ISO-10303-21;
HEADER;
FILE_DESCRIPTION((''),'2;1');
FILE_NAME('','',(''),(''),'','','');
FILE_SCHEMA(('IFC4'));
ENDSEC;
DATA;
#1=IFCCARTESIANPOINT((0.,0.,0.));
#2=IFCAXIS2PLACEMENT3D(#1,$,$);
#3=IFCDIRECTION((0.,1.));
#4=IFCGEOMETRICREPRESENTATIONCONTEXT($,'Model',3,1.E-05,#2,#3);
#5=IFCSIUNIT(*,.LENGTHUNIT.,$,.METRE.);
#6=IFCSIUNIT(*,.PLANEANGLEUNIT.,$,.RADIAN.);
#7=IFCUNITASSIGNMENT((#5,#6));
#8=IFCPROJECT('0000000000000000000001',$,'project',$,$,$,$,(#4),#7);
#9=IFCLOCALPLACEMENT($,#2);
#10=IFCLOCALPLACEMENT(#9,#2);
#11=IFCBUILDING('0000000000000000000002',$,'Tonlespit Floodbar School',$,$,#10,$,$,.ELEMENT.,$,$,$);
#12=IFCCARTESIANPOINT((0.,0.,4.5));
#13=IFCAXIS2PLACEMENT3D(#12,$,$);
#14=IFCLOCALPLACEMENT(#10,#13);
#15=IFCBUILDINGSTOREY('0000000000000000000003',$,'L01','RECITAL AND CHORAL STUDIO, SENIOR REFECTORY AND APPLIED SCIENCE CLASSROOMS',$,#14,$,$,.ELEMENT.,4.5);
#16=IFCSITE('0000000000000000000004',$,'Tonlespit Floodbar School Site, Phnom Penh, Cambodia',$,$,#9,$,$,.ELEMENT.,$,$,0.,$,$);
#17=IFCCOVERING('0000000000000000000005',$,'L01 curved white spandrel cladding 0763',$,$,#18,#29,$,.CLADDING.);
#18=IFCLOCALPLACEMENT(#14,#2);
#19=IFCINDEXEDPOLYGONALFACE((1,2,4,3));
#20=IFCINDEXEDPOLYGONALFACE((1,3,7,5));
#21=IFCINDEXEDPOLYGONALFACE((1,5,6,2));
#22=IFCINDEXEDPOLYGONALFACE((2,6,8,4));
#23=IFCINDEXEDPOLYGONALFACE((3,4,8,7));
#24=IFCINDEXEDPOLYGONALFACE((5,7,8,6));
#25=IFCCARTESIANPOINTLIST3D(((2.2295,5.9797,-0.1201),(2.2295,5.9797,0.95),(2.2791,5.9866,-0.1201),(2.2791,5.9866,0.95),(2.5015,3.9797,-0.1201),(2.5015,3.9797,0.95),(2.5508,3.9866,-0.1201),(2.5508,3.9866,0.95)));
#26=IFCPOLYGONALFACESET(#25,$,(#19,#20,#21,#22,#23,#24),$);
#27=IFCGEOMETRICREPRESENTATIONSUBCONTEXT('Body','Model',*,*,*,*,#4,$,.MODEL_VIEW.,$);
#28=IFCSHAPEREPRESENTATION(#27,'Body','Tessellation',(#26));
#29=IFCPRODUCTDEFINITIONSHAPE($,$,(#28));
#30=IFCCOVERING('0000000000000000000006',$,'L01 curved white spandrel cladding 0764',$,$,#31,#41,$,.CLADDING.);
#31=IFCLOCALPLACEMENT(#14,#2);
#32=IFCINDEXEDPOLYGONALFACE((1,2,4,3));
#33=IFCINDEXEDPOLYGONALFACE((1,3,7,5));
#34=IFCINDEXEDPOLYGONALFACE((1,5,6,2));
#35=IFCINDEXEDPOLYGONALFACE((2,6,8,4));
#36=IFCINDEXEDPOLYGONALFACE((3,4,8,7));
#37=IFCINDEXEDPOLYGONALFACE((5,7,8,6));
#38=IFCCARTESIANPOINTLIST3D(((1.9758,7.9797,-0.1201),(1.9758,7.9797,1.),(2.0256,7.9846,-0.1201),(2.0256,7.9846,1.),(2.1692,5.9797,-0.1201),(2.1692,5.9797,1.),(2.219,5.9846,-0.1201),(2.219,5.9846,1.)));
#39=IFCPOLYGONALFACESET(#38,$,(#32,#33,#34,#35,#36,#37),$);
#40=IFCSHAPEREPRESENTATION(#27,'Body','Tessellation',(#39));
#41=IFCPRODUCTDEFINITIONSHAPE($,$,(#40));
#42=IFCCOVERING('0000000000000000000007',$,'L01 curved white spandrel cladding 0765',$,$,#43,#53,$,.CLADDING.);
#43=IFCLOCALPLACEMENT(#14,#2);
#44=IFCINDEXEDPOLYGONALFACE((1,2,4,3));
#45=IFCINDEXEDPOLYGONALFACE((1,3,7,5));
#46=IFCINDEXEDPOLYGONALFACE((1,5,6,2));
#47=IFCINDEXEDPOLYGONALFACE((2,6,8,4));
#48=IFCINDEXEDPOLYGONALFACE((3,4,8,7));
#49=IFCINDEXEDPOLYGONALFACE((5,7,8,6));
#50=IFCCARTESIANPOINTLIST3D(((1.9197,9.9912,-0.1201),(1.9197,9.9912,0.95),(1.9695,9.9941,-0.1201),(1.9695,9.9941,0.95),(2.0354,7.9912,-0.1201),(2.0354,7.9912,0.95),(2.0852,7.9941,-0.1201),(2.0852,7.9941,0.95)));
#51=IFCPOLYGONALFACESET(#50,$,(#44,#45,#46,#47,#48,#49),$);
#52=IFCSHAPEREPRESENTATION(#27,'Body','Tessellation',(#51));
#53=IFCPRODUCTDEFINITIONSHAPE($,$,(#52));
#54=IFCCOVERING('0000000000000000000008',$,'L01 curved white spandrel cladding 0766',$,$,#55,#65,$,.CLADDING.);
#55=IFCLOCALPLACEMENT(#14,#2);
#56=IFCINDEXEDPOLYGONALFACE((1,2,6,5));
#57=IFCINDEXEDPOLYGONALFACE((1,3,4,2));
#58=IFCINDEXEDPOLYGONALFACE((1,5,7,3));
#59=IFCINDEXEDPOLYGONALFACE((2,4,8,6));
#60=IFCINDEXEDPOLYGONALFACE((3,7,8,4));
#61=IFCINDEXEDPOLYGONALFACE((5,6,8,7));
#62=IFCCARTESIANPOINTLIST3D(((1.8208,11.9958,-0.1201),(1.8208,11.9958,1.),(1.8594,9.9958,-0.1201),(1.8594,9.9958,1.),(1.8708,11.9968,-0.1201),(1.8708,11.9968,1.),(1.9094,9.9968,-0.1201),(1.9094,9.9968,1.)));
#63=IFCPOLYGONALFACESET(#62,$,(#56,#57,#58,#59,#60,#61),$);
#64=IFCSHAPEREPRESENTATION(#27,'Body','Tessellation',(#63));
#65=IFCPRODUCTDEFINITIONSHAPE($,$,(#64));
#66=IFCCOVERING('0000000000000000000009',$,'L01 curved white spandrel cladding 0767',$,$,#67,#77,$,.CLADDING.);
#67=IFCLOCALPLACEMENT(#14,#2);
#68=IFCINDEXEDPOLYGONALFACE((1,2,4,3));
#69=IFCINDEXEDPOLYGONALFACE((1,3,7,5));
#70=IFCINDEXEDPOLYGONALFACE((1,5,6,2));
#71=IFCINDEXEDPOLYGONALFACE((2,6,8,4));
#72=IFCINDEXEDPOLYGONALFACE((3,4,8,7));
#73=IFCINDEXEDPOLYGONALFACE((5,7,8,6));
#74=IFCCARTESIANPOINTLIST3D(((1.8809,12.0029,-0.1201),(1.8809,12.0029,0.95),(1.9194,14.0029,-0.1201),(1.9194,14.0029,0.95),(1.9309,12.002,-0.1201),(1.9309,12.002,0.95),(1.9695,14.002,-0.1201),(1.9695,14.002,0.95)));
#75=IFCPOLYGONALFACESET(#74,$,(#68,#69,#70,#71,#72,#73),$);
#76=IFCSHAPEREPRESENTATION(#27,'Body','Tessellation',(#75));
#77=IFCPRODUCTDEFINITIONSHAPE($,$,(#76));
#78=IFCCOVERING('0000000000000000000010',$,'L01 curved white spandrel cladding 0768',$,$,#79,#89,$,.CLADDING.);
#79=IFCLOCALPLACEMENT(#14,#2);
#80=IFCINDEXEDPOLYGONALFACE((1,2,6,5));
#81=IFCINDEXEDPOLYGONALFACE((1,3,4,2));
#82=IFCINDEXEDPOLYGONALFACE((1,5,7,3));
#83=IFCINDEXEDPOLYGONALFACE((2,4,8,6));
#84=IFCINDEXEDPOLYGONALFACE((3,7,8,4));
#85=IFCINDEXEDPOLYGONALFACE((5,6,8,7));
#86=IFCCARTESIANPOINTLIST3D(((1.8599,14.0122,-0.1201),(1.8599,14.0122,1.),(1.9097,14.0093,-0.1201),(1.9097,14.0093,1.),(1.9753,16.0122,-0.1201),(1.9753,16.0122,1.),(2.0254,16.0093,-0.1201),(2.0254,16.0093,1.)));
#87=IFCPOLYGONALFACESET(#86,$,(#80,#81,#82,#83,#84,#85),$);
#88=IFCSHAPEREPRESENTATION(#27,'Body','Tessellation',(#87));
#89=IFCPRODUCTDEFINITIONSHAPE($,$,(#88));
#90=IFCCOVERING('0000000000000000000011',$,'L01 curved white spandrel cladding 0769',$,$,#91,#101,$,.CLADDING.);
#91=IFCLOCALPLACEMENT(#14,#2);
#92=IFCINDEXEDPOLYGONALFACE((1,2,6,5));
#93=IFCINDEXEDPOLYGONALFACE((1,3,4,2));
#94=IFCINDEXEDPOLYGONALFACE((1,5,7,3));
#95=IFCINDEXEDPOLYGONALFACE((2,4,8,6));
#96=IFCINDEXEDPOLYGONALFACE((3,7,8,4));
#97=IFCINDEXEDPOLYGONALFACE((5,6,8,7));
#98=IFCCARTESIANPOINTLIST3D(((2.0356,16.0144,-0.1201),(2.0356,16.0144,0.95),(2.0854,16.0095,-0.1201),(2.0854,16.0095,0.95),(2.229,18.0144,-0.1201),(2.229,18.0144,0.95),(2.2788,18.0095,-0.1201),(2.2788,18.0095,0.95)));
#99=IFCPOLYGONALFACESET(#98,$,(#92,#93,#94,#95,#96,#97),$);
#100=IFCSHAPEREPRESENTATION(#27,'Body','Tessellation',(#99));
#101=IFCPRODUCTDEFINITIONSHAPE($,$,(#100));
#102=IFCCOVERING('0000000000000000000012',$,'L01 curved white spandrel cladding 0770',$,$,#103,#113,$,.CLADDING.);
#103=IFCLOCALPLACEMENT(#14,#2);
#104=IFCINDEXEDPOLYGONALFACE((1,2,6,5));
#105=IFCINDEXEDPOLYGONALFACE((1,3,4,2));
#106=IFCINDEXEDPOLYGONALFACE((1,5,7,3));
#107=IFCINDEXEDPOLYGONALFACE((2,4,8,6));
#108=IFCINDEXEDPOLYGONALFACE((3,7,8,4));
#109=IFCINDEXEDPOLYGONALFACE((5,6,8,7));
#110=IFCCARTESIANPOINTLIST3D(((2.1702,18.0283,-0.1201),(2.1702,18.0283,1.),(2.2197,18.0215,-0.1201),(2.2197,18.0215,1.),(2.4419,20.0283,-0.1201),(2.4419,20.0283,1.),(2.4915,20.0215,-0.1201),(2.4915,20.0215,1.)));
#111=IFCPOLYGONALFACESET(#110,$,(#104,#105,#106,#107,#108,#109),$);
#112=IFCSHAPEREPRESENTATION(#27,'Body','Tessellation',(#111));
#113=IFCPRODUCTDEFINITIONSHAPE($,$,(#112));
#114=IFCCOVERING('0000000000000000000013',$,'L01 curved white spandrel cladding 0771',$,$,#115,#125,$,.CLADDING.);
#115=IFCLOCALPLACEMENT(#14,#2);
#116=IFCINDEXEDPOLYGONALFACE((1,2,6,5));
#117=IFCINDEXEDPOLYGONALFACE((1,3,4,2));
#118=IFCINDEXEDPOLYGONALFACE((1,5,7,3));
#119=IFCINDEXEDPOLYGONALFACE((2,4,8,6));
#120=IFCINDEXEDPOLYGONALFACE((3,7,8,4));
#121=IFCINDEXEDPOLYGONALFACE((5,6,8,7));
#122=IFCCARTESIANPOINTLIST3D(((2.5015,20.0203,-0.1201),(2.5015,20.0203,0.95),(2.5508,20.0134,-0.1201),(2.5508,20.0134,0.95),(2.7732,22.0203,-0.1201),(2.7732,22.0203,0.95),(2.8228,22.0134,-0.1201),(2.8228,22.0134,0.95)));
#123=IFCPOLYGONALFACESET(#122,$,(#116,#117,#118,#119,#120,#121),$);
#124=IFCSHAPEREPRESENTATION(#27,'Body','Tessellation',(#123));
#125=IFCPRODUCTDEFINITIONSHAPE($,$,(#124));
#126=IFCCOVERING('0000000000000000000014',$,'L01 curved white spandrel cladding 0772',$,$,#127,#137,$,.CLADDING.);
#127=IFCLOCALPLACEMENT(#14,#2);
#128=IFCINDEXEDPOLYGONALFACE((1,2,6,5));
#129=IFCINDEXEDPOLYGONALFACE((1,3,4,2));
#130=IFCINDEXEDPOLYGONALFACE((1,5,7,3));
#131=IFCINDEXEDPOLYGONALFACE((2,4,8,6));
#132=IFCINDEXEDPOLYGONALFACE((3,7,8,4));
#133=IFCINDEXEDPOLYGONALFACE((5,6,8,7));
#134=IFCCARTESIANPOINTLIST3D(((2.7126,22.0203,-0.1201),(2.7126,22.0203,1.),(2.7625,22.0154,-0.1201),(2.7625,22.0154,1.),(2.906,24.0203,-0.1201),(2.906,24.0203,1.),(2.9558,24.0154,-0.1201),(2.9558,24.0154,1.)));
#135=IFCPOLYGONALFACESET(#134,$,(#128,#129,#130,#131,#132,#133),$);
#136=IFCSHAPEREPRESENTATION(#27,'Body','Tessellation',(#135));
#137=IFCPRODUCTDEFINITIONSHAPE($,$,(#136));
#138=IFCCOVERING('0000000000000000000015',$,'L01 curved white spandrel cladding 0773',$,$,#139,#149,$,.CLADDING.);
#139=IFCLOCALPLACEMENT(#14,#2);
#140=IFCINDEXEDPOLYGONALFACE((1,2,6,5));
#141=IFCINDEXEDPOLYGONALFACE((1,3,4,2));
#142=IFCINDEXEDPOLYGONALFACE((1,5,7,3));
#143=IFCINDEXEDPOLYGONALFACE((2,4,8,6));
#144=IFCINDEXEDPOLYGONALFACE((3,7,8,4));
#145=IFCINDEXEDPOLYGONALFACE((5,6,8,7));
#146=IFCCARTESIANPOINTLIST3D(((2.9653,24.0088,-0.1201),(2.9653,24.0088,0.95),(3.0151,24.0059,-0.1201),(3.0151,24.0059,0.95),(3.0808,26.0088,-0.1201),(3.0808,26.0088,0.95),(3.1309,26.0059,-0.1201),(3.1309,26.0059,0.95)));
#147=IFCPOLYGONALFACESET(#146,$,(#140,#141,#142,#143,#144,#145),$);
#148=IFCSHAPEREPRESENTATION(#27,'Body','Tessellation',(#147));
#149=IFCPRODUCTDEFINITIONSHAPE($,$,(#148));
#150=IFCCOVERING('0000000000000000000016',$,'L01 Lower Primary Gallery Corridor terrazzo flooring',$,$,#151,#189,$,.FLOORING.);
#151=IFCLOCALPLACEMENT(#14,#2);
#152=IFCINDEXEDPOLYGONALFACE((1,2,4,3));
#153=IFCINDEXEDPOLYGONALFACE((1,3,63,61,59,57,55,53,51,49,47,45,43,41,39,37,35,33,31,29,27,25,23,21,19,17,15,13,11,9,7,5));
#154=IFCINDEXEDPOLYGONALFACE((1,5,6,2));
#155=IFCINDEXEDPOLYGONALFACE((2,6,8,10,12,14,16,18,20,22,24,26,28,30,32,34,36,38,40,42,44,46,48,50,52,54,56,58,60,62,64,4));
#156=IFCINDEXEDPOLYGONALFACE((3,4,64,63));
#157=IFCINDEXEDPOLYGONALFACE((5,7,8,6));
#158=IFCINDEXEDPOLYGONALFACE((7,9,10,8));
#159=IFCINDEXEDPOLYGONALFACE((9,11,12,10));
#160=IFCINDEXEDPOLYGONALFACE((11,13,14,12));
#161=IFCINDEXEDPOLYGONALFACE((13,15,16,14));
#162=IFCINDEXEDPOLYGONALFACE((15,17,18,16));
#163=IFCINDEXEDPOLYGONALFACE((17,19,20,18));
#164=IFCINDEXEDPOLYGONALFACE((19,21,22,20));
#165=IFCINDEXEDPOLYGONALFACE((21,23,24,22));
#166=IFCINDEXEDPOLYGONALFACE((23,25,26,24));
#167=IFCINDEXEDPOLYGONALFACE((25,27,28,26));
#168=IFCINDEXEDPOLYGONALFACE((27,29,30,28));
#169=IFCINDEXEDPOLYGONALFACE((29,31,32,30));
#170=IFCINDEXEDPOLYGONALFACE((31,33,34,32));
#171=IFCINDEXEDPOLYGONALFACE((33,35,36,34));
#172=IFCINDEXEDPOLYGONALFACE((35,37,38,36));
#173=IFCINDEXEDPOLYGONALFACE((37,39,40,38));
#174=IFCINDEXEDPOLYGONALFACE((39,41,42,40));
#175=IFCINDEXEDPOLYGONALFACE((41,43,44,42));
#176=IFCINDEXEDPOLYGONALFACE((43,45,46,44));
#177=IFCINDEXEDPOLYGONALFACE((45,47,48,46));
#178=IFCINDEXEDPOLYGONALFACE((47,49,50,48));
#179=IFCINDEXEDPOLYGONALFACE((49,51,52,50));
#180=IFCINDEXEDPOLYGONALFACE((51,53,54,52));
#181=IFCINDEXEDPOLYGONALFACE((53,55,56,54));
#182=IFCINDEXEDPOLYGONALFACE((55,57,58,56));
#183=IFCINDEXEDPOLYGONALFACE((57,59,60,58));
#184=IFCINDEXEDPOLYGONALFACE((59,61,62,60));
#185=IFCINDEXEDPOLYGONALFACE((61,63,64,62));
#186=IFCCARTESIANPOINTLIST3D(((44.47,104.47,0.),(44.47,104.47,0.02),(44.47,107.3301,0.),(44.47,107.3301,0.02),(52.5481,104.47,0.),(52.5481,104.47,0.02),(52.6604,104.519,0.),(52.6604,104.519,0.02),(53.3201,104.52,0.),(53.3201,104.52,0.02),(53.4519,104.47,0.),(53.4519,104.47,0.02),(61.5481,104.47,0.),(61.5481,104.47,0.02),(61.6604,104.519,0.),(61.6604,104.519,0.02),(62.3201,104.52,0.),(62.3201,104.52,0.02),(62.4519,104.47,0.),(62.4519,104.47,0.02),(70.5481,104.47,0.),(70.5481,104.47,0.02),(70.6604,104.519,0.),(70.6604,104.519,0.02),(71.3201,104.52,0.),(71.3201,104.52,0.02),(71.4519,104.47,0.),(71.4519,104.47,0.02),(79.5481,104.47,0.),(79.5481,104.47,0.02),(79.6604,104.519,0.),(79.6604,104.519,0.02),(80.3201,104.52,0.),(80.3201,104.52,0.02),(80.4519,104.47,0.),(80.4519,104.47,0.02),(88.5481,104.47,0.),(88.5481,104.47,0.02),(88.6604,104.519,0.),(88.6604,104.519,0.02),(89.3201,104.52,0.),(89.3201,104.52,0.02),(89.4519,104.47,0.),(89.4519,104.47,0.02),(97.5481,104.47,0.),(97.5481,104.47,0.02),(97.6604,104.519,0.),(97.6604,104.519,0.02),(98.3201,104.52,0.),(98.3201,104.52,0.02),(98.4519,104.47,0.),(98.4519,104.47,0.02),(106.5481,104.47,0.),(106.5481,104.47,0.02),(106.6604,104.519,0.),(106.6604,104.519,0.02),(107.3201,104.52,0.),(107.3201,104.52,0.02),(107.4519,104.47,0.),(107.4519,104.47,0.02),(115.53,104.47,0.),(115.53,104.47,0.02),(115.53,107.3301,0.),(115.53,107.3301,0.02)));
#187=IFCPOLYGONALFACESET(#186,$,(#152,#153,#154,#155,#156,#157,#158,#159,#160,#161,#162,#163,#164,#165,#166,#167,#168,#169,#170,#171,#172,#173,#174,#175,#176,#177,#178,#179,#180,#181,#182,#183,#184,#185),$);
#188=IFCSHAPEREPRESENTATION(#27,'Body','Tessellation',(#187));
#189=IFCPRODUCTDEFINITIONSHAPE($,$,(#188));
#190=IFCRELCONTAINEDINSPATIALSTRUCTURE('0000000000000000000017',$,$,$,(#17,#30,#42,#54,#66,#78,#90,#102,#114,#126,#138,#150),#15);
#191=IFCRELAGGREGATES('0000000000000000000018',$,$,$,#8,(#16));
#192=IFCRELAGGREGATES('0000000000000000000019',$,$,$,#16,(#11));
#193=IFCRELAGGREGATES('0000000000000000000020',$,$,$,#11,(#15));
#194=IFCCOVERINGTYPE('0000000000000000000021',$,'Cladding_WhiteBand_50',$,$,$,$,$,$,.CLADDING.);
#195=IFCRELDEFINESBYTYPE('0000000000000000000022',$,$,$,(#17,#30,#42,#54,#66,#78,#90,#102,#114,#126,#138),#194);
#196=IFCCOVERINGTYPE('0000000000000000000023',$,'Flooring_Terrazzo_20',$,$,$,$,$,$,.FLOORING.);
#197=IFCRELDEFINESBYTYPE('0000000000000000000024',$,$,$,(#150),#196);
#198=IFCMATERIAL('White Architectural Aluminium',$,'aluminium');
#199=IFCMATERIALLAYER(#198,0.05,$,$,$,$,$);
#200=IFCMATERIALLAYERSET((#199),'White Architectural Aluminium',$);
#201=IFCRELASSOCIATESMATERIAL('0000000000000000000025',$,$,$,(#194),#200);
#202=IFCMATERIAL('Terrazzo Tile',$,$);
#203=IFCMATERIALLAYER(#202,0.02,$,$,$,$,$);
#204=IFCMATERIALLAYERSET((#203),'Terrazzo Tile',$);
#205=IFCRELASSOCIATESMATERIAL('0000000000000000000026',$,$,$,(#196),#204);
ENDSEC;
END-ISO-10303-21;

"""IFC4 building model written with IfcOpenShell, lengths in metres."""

from ifc_helpers import new_model, si_unit, direction, frame, origin, place, context, subcontext, project, spatial, polyline, outline, extrude, material, layer, layer_set, type_object, element, save


model = new_model("IFC4")

# Units and contexts
model_context = context("Model", 3, precision=1e-05, world=origin(), true_north=direction((0.0, 1.0)))
body_context = subcontext(model_context, "Body", "Model", "MODEL_VIEW")
ifc_project = project(units=[si_unit("LENGTHUNIT", "METRE"), si_unit("PLANEANGLEUNIT", "RADIAN")], contexts=[model_context])

# Site, building, storey
site_placement = place(None, origin())
site = spatial("IfcSite", under=ifc_project, at=site_placement, Name="Tonlespit Floodbar School Site, Phnom Penh, Cambodia", CompositionType="ELEMENT", RefElevation=0.0)
building_placement = place(site_placement, origin())
building = spatial("IfcBuilding", under=site, at=building_placement, Name="Tonlespit Floodbar School", CompositionType="ELEMENT")
storey_placement = place(building_placement, frame((0.0, 0.0, 4.5)))
storey = spatial("IfcBuildingStorey", under=building, at=storey_placement, Name="L01", Description="RECITAL AND CHORAL STUDIO, SENIOR REFECTORY AND APPLIED SCIENCE CLASSROOMS", CompositionType="ELEMENT", Elevation=4.5)

# Coverings
ifc_material_1 = material(Name="White Architectural Aluminium", Category="aluminium")
ifc_layer_1 = layer(ifc_material_1, 0.05)
ifc_layer_set_1 = layer_set([ifc_layer_1], Name="White Architectural Aluminium")
covering_type_1 = type_object("IfcCoveringType", Name="Cladding_WhiteBand_50", PredefinedType="CLADDING", material=ifc_layer_set_1)
covering_1_placement = place(storey_placement, frame((0.0, 0.0, -0.1201)))
element("IfcCovering", 1, at=covering_1_placement, inside=storey, type_object=covering_type_1, Name="L01 curved white spandrel cladding 0763", PredefinedType="CLADDING", context=body_context, shape_type="SweptSolid", body=[
    extrude(outline(polyline([(2.5508, 3.9866), (2.2791, 5.9866), (2.2295, 5.9797), (2.5015, 3.9797), (2.5508, 3.9866)])), origin(), (0.0, 0.0, 1.0), 1.0701),
])
covering_2_placement = place(storey_placement, frame((0.0, 0.0, -0.1201)))
element("IfcCovering", 2, at=covering_2_placement, inside=storey, type_object=covering_type_1, Name="L01 curved white spandrel cladding 0764", PredefinedType="CLADDING", context=body_context, shape_type="SweptSolid", body=[
    extrude(outline(polyline([(2.219, 5.9846), (2.0256, 7.9846), (1.9758, 7.9797), (2.1692, 5.9797), (2.219, 5.9846)])), origin(), (0.0, 0.0, 1.0), 1.1201),
])
covering_3_placement = place(storey_placement, frame((0.0, 0.0, -0.1201)))
element("IfcCovering", 3, at=covering_3_placement, inside=storey, type_object=covering_type_1, Name="L01 curved white spandrel cladding 0765", PredefinedType="CLADDING", context=body_context, shape_type="SweptSolid", body=[
    extrude(outline(polyline([(2.0852, 7.9941), (1.9695, 9.9941), (1.9197, 9.9912), (2.0354, 7.9912), (2.0852, 7.9941)])), origin(), (0.0, 0.0, 1.0), 1.0701),
])
covering_4_placement = place(storey_placement, frame((0.0, 0.0, -0.1201)))
element("IfcCovering", 4, at=covering_4_placement, inside=storey, type_object=covering_type_1, Name="L01 curved white spandrel cladding 0766", PredefinedType="CLADDING", context=body_context, shape_type="SweptSolid", body=[
    extrude(outline(polyline([(1.9094, 9.9968), (1.8708, 11.9968), (1.8208, 11.9958), (1.8594, 9.9958), (1.9094, 9.9968)])), origin(), (0.0, 0.0, 1.0), 1.1201),
])
covering_5_placement = place(storey_placement, frame((0.0, 0.0, -0.1201)))
element("IfcCovering", 5, at=covering_5_placement, inside=storey, type_object=covering_type_1, Name="L01 curved white spandrel cladding 0767", PredefinedType="CLADDING", context=body_context, shape_type="SweptSolid", body=[
    extrude(outline(polyline([(1.9309, 12.002), (1.9695, 14.002), (1.9194, 14.0029), (1.8809, 12.0029), (1.9309, 12.002)])), origin(), (0.0, 0.0, 1.0), 1.0701),
])
covering_6_placement = place(storey_placement, frame((0.0, 0.0, -0.1201)))
element("IfcCovering", 6, at=covering_6_placement, inside=storey, type_object=covering_type_1, Name="L01 curved white spandrel cladding 0768", PredefinedType="CLADDING", context=body_context, shape_type="SweptSolid", body=[
    extrude(outline(polyline([(1.9097, 14.0093), (2.0254, 16.0093), (1.9753, 16.0122), (1.8599, 14.0122), (1.9097, 14.0093)])), origin(), (0.0, 0.0, 1.0), 1.1201),
])
covering_7_placement = place(storey_placement, frame((0.0, 0.0, -0.1201)))
element("IfcCovering", 7, at=covering_7_placement, inside=storey, type_object=covering_type_1, Name="L01 curved white spandrel cladding 0769", PredefinedType="CLADDING", context=body_context, shape_type="SweptSolid", body=[
    extrude(outline(polyline([(2.0854, 16.0095), (2.2788, 18.0095), (2.229, 18.0144), (2.0356, 16.0144), (2.0854, 16.0095)])), origin(), (0.0, 0.0, 1.0), 1.0701),
])
covering_8_placement = place(storey_placement, frame((0.0, 0.0, -0.1201)))
element("IfcCovering", 8, at=covering_8_placement, inside=storey, type_object=covering_type_1, Name="L01 curved white spandrel cladding 0770", PredefinedType="CLADDING", context=body_context, shape_type="SweptSolid", body=[
    extrude(outline(polyline([(2.2197, 18.0215), (2.4915, 20.0215), (2.4419, 20.0283), (2.1702, 18.0283), (2.2197, 18.0215)])), origin(), (0.0, 0.0, 1.0), 1.1201),
])
covering_9_placement = place(storey_placement, frame((0.0, 0.0, -0.1201)))
element("IfcCovering", 9, at=covering_9_placement, inside=storey, type_object=covering_type_1, Name="L01 curved white spandrel cladding 0771", PredefinedType="CLADDING", context=body_context, shape_type="SweptSolid", body=[
    extrude(outline(polyline([(2.5508, 20.0134), (2.8228, 22.0134), (2.7732, 22.0203), (2.5015, 20.0203), (2.5508, 20.0134)])), origin(), (0.0, 0.0, 1.0), 1.0701),
])
covering_10_placement = place(storey_placement, frame((0.0, 0.0, -0.1201)))
element("IfcCovering", 10, at=covering_10_placement, inside=storey, type_object=covering_type_1, Name="L01 curved white spandrel cladding 0772", PredefinedType="CLADDING", context=body_context, shape_type="SweptSolid", body=[
    extrude(outline(polyline([(2.7625, 22.0154), (2.9558, 24.0154), (2.906, 24.0203), (2.7126, 22.0203), (2.7625, 22.0154)])), origin(), (0.0, 0.0, 1.0), 1.1201),
])
covering_11_placement = place(storey_placement, frame((0.0, 0.0, -0.1201)))
element("IfcCovering", 11, at=covering_11_placement, inside=storey, type_object=covering_type_1, Name="L01 curved white spandrel cladding 0773", PredefinedType="CLADDING", context=body_context, shape_type="SweptSolid", body=[
    extrude(outline(polyline([(3.0151, 24.0059), (3.1309, 26.0059), (3.0808, 26.0088), (2.9653, 24.0088), (3.0151, 24.0059)])), origin(), (0.0, 0.0, 1.0), 1.0701),
])
ifc_material_2 = material(Name="Terrazzo Tile")
ifc_layer_2 = layer(ifc_material_2, 0.02)
ifc_layer_set_2 = layer_set([ifc_layer_2], Name="Terrazzo Tile")
covering_type_2 = type_object("IfcCoveringType", Name="Flooring_Terrazzo_20", PredefinedType="FLOORING", material=ifc_layer_set_2)
covering_12_placement = place(storey_placement, origin())
element("IfcCovering", 12, at=covering_12_placement, inside=storey, type_object=covering_type_2, Name="L01 Lower Primary Gallery Corridor terrazzo flooring", PredefinedType="FLOORING", context=body_context, shape_type="SweptSolid", body=[
    extrude(outline(polyline([(44.47, 104.47), (44.47, 107.3301), (115.53, 107.3301), (115.53, 104.47), (107.4519, 104.47), (107.3201, 104.52), (106.6604, 104.519), (106.5481, 104.47), (98.4519, 104.47), (98.3201, 104.52), (97.6604, 104.519), (97.5481, 104.47), (89.4519, 104.47), (89.3201, 104.52), (88.6604, 104.519), (88.5481, 104.47), (80.4519, 104.47), (80.3201, 104.52), (79.6604, 104.519), (79.5481, 104.47), (71.4519, 104.47), (71.3201, 104.52), (70.6604, 104.519), (70.5481, 104.47), (62.4519, 104.47), (62.3201, 104.52), (61.6604, 104.519), (61.5481, 104.47), (53.4519, 104.47), (53.3201, 104.52), (52.6604, 104.519), (52.5481, 104.47), (44.47, 104.47)])), origin(), (0.0, 0.0, 1.0), 0.02),
])

save(model, "model.ifc")
